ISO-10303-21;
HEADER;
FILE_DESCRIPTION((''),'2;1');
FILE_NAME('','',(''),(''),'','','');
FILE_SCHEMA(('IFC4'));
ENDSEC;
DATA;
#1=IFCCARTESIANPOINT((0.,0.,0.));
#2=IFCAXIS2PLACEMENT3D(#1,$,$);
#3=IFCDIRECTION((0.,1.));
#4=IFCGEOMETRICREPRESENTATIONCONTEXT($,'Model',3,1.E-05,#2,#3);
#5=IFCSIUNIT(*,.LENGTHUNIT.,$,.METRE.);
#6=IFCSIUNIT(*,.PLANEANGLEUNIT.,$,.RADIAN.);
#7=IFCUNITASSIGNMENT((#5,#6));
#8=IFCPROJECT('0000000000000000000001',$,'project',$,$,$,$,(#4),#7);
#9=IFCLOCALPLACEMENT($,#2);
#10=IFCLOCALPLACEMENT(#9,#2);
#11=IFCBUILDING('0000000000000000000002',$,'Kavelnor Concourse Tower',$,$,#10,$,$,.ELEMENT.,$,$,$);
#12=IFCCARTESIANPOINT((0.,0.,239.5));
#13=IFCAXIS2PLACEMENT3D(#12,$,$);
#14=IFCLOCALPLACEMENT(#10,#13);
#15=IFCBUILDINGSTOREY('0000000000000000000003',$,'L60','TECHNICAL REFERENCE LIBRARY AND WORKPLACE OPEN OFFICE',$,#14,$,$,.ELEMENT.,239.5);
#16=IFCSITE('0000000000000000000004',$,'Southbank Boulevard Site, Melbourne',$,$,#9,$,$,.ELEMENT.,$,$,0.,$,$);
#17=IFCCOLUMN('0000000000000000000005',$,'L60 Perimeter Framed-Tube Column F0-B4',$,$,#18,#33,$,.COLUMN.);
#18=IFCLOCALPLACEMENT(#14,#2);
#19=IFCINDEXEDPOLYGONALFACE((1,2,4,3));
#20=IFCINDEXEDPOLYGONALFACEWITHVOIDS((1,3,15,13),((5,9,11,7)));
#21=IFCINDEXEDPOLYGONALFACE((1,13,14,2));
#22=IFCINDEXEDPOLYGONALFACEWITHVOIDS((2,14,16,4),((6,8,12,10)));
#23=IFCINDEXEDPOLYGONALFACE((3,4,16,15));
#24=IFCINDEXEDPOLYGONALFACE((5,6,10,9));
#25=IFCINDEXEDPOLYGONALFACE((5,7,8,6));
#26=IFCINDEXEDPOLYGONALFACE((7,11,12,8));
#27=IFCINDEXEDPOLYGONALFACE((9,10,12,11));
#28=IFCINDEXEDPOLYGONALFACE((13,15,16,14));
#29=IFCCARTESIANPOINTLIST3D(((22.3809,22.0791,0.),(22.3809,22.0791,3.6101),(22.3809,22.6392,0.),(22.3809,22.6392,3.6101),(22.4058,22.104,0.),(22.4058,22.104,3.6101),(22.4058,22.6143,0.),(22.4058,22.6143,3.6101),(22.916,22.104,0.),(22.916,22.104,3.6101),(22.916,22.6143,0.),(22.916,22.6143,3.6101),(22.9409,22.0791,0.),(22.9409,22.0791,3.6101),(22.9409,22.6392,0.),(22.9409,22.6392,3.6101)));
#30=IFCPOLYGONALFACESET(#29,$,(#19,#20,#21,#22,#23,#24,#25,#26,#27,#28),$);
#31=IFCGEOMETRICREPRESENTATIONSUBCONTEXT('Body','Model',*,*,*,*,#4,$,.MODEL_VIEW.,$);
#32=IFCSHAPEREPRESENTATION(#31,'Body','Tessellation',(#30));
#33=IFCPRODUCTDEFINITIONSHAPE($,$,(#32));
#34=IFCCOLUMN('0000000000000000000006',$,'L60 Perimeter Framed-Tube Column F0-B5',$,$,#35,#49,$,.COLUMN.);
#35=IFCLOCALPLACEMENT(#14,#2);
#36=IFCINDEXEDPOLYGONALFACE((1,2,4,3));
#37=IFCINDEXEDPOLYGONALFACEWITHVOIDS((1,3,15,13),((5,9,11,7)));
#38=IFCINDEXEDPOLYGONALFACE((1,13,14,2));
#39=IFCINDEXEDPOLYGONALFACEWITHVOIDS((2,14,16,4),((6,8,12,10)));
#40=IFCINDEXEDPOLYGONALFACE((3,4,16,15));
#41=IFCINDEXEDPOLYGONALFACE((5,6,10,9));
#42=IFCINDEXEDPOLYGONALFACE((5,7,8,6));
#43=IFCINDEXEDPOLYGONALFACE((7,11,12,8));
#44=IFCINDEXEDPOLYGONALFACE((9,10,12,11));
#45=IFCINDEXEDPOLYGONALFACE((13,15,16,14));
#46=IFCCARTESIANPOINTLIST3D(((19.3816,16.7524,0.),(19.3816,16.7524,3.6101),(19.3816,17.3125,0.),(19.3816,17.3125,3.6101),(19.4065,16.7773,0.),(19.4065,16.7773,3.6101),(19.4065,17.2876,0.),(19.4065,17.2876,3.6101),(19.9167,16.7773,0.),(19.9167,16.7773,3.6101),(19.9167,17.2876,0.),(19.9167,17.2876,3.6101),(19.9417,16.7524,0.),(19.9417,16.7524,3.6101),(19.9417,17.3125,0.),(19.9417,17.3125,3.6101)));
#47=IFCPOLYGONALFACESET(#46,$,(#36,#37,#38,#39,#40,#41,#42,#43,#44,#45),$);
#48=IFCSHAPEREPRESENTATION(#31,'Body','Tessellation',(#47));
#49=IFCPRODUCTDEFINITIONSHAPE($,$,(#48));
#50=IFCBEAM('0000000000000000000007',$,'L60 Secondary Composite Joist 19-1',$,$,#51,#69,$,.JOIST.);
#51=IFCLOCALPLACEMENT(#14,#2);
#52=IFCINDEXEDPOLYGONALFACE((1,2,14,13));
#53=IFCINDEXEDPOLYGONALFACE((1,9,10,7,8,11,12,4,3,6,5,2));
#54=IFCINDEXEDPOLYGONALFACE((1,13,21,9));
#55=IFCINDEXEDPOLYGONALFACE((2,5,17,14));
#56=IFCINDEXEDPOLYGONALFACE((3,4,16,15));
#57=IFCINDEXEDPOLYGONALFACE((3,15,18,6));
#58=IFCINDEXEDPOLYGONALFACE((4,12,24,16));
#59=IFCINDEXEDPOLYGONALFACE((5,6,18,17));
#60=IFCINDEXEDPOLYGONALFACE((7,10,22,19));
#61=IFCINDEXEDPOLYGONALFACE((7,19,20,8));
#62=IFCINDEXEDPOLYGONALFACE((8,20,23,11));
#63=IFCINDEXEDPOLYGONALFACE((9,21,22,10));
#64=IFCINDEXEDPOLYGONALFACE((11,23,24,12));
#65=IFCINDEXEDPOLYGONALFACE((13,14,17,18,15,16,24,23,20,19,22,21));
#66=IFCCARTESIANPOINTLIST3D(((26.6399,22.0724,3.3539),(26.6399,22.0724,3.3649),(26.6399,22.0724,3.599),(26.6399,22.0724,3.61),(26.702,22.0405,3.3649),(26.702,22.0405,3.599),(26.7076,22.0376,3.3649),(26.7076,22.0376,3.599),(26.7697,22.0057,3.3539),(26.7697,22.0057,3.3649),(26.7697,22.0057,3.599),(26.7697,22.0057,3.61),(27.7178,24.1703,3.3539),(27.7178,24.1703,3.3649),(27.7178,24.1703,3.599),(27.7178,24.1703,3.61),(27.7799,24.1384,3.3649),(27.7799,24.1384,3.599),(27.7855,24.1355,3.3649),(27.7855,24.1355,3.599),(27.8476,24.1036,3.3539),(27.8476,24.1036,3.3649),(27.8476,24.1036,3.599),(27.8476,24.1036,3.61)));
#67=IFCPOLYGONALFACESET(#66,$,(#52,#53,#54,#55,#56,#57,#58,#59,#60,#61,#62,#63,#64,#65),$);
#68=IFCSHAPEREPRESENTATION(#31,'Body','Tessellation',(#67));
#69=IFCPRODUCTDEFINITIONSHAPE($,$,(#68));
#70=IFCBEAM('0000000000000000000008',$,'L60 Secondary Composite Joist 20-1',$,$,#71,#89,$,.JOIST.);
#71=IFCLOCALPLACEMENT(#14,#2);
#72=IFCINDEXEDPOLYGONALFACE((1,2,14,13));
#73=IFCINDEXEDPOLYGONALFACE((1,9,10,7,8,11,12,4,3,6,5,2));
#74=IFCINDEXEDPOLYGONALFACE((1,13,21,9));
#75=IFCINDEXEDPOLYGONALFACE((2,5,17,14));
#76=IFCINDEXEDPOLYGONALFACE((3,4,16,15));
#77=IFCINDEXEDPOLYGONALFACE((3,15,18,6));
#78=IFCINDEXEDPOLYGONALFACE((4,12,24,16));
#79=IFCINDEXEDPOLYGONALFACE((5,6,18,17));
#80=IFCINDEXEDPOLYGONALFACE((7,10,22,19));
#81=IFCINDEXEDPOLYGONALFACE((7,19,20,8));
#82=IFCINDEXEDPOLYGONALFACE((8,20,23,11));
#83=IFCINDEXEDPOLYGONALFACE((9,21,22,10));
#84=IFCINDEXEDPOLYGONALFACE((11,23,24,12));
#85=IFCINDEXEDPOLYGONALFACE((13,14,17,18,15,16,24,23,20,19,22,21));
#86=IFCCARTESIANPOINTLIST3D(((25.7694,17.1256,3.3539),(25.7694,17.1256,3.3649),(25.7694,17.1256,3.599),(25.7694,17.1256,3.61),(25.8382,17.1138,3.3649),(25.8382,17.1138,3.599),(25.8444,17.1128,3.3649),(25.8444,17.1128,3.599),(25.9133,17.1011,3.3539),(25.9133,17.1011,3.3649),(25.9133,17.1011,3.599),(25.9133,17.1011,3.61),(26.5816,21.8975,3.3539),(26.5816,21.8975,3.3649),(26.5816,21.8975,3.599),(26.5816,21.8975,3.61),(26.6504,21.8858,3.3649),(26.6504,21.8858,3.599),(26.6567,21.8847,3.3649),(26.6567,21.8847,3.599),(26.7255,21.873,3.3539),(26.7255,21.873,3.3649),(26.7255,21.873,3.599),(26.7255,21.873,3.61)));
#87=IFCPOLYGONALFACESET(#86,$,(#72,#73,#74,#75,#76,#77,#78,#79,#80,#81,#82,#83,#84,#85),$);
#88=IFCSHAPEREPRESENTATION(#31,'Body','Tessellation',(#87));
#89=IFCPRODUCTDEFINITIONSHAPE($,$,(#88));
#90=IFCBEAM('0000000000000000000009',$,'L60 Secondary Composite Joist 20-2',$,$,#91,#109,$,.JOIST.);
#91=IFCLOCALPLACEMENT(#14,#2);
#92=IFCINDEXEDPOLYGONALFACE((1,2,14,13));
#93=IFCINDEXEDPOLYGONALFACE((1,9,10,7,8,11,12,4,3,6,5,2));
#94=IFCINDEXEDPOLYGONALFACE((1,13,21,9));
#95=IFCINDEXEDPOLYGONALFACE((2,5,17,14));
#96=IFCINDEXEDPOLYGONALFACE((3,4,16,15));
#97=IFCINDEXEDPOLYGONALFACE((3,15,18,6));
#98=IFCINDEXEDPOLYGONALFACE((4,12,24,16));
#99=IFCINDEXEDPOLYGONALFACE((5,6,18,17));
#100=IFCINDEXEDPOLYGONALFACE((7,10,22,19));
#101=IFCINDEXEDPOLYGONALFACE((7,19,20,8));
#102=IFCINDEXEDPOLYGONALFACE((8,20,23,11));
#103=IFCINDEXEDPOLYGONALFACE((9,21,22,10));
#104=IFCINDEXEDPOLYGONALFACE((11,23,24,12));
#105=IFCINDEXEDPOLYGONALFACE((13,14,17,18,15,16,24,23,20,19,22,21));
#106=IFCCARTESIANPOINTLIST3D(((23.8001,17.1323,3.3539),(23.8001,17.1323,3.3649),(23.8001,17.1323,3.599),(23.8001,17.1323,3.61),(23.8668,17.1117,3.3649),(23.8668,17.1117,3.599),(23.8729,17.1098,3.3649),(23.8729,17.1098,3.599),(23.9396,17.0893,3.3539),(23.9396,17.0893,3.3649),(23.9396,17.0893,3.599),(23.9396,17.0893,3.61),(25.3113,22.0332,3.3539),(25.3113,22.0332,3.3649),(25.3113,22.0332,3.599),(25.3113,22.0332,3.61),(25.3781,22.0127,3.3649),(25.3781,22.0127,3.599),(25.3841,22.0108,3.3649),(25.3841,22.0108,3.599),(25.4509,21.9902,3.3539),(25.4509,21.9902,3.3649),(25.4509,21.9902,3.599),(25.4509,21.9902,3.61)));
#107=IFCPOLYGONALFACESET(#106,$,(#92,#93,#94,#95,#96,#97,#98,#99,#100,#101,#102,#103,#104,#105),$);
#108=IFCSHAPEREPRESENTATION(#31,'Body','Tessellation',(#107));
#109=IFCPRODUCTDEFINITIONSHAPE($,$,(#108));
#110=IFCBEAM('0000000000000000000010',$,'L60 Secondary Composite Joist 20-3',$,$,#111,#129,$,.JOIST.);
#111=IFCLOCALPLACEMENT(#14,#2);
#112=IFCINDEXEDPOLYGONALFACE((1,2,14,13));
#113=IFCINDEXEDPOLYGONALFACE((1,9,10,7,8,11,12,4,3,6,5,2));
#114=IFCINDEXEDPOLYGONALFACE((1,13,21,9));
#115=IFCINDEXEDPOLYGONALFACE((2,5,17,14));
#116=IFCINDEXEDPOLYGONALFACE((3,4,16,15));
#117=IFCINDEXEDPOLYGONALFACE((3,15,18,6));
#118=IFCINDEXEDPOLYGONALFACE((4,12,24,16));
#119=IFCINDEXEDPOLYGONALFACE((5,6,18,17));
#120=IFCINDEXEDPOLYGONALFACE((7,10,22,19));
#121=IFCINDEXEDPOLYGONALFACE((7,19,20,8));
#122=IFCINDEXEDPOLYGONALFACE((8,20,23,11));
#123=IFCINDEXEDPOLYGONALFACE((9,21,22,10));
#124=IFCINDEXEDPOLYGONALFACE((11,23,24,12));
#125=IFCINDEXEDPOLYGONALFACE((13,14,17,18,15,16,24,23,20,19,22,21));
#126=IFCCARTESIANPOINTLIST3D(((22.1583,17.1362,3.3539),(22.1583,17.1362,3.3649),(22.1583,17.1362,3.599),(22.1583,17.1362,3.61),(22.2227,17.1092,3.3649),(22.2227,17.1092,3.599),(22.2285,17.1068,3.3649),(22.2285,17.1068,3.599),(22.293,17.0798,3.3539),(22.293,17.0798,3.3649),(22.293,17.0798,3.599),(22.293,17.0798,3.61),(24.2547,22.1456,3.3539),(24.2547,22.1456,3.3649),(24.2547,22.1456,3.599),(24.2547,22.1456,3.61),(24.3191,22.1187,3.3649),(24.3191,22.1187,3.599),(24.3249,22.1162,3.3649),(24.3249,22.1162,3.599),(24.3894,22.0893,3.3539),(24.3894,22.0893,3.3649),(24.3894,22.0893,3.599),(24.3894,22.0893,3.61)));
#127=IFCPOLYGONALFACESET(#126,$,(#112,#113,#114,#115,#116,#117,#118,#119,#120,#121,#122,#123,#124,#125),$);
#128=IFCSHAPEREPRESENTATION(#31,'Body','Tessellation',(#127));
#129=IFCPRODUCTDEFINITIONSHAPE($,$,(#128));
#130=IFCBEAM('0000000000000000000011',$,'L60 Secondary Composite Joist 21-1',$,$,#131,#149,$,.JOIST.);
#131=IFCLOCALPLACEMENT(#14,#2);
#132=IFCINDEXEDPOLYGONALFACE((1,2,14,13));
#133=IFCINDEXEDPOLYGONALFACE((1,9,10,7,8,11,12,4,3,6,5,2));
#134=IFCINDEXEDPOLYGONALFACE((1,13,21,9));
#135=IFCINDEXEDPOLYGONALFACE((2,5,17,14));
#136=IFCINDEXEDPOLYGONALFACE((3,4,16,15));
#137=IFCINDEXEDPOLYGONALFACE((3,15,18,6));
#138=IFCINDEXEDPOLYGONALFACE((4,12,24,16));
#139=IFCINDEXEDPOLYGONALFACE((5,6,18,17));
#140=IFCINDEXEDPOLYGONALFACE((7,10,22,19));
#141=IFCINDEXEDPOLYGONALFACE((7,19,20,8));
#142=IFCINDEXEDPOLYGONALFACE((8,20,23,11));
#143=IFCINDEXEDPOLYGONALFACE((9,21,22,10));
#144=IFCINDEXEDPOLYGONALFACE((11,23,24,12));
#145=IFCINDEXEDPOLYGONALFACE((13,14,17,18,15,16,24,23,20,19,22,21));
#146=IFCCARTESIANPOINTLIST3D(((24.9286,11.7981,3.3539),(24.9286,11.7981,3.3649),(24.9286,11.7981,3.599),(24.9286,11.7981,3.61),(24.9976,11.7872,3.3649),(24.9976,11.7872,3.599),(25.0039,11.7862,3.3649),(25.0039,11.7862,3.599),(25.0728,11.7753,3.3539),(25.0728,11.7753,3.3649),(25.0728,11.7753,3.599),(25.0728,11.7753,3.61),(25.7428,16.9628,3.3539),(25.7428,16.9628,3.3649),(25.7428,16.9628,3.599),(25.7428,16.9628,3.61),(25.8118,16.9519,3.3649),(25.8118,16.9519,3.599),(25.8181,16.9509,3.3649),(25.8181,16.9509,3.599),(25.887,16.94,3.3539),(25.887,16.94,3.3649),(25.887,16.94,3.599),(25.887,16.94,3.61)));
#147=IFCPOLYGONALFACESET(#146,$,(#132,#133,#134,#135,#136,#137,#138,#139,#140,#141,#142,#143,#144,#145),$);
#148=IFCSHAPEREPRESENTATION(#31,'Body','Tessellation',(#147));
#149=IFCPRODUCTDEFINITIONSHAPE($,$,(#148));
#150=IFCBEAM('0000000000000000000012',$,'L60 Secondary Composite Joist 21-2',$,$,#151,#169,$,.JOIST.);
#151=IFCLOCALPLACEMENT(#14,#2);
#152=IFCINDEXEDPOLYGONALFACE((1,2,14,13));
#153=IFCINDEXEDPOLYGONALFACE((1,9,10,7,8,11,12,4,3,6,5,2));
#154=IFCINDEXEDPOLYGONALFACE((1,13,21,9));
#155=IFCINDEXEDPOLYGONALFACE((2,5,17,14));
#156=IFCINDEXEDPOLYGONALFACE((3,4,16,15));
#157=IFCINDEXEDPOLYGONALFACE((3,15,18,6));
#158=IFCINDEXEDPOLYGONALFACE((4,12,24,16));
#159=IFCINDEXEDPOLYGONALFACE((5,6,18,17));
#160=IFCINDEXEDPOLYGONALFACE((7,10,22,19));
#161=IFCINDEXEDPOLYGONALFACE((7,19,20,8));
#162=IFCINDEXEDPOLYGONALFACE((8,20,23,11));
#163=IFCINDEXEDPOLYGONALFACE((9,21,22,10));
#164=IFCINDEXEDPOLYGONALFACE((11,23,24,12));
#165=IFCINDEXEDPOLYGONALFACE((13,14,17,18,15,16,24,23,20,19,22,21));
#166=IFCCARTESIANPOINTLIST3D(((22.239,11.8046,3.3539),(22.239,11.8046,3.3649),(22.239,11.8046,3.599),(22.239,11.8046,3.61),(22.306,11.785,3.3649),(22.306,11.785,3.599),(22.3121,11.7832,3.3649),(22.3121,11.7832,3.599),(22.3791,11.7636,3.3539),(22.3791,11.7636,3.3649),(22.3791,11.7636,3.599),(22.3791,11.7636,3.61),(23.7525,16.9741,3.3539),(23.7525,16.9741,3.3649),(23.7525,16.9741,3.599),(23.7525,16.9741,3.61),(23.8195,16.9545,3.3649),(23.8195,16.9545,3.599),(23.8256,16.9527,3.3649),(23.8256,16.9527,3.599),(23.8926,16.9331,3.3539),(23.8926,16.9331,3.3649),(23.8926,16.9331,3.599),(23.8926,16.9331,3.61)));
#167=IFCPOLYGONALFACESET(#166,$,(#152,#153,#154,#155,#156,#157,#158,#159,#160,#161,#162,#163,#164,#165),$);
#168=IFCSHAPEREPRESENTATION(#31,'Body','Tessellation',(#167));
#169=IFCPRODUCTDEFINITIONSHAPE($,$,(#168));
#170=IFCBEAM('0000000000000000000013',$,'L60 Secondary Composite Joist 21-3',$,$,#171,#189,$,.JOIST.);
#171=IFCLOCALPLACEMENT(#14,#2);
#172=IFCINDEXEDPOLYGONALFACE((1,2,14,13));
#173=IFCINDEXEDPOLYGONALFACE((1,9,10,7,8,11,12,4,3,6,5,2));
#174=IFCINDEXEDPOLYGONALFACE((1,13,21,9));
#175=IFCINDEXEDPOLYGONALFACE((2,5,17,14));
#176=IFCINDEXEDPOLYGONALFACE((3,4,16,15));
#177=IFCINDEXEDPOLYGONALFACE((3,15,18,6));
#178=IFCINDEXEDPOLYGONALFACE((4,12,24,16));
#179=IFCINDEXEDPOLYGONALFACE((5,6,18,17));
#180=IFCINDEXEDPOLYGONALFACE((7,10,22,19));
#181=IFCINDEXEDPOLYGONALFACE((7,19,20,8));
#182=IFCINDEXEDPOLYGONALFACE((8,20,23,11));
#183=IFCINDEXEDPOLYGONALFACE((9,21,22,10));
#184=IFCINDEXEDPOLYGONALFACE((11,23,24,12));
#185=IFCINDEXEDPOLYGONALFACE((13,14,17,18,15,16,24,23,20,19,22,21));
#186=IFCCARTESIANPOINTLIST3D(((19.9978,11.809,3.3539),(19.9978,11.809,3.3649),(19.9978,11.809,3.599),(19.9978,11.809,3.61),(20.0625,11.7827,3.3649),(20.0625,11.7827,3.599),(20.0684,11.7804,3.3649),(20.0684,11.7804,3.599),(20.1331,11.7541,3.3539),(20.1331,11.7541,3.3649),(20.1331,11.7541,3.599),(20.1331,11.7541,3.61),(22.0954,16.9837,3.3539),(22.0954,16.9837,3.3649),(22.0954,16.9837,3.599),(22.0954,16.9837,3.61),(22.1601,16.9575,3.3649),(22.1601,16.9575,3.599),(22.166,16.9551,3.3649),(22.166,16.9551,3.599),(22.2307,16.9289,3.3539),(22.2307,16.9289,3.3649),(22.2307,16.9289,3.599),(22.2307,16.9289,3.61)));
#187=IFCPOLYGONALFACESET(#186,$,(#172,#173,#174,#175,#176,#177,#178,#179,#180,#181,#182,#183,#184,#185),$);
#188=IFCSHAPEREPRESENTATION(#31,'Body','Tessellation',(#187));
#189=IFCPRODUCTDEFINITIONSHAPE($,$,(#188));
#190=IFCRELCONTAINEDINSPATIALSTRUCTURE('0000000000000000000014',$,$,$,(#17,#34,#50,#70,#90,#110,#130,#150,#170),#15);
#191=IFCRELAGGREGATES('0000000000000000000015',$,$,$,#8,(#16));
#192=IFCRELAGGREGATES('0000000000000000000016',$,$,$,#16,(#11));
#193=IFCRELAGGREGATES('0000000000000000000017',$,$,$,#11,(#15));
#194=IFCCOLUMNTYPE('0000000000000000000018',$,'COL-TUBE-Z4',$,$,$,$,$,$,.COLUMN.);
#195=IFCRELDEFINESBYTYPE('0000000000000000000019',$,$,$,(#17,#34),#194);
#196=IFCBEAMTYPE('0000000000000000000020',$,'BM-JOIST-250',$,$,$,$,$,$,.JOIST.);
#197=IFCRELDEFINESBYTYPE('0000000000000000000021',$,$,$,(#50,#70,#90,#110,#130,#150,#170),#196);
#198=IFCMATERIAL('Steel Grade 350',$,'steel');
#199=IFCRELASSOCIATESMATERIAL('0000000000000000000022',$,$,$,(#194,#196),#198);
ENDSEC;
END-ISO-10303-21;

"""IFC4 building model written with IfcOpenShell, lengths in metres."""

from ifc_helpers import new_model, si_unit, direction, frame, origin, origin_2d, place, context, subcontext, project, spatial, hollow_rectangle, i_section, extrude, material, material_profile, profile_set, type_object, element, save


model = new_model("IFC4")

# Units and contexts
model_context = context("Model", 3, precision=1e-05, world=origin(), true_north=direction((0.0, 1.0)))
body_context = subcontext(model_context, "Body", "Model", "MODEL_VIEW")
ifc_project = project(units=[si_unit("LENGTHUNIT", "METRE"), si_unit("PLANEANGLEUNIT", "RADIAN")], contexts=[model_context])

# Site, building, storey
site_placement = place(None, origin())
site = spatial("IfcSite", under=ifc_project, at=site_placement, Name="Southbank Boulevard Site, Melbourne", CompositionType="ELEMENT", RefElevation=0.0)
building_placement = place(site_placement, origin())
building = spatial("IfcBuilding", under=site, at=building_placement, Name="Kavelnor Concourse Tower", CompositionType="ELEMENT")
storey_placement = place(building_placement, frame((0.0, 0.0, 239.5)))
storey = spatial("IfcBuildingStorey", under=building, at=storey_placement, Name="L60", Description="TECHNICAL REFERENCE LIBRARY AND WORKPLACE OPEN OFFICE", CompositionType="ELEMENT", Elevation=239.5)

# Columns
ifc_material_1 = material(Name="Steel Grade 350", Category="steel")
ifc_material_profile_1 = material_profile(ifc_material_1, hollow_rectangle(XDim=0.5601, YDim=0.5601, WallThickness=0.0249, at=origin_2d()), Name="SHS 560x560x25")
ifc_profile_set_1 = profile_set([ifc_material_profile_1], Name="Steel Grade 350")
column_type = type_object("IfcColumnType", Name="COL-TUBE-Z4", PredefinedType="COLUMN", material=ifc_profile_set_1)
for number, where, z_axis, x_axis, name in (
    (1, (22.6609, 22.3591, 0.0), (0.0, 0.0, 1.0), (1.0, 0.0, 0.0), "L60 Perimeter Framed-Tube Column F0-B4"),
    (2, (19.6616, 17.0325, 0.0), (0.0, 0.0, 1.0), (1.0, 0.0, 0.0), "L60 Perimeter Framed-Tube Column F0-B5"),
):
    element("IfcColumn", number, at=place(storey_placement, frame(where, z_axis=z_axis, x_axis=x_axis)), inside=storey, type_object=column_type, Name=name, PredefinedType="COLUMN", context=body_context, shape_type="SweptSolid", body=[
        extrude(hollow_rectangle(XDim=0.5601, YDim=0.5601, WallThickness=0.0249, at=origin_2d()), origin(), (0.0, 0.0, 1.0), 3.6101),
    ])

# Beams
ifc_material_profile_2 = material_profile(ifc_material_1, i_section(OverallWidth=0.146, OverallDepth=0.2561, WebThickness=0.0063, FlangeThickness=0.011, at=origin_2d()), Name="250UB37")
ifc_profile_set_2 = profile_set([ifc_material_profile_2], Name="Steel Grade 350")
beam_type_1 = type_object("IfcBeamType", Name="BM-JOIST-250", PredefinedType="JOIST", material=ifc_profile_set_2)
beam_1_placement = place(storey_placement, frame((27.7827, 24.137, 3.4819), z_axis=(-0.456999, -0.889467, 0.0), x_axis=(0.889467, -0.456999, 0.0)))
element("IfcBeam", 3, at=beam_1_placement, inside=storey, type_object=beam_type_1, Name="L60 Secondary Composite Joist 19-1", PredefinedType="JOIST", context=body_context, shape_type="SweptSolid", body=[
    extrude(i_section(OverallWidth=0.146, OverallDepth=0.2561, WebThickness=0.0063, FlangeThickness=0.011, at=origin_2d()), origin(), (0.0, 0.0, 1.0), 2.3586),
])
beam_2_placement = place(storey_placement, frame((26.6536, 21.8853, 3.4819), z_axis=(-0.1678, -0.985821, 0.0), x_axis=(0.985821, -0.1678, 0.0)))
element("IfcBeam", 4, at=beam_2_placement, inside=storey, type_object=beam_type_1, Name="L60 Secondary Composite Joist 20-1", PredefinedType="JOIST", context=body_context, shape_type="SweptSolid", body=[
    extrude(i_section(OverallWidth=0.146, OverallDepth=0.2561, WebThickness=0.0063, FlangeThickness=0.011, at=origin_2d()), origin(), (0.0, 0.0, 1.0), 4.8406),
])
beam_3_placement = place(storey_placement, frame((25.3811, 22.0117, 3.4819), z_axis=(-0.294668, -0.9556, 0.0), x_axis=(0.9556, -0.294668, 0.0)))
element("IfcBeam", 5, at=beam_3_placement, inside=storey, type_object=beam_type_1, Name="L60 Secondary Composite Joist 20-2", PredefinedType="JOIST", context=body_context, shape_type="SweptSolid", body=[
    extrude(i_section(OverallWidth=0.146, OverallDepth=0.2561, WebThickness=0.0063, FlangeThickness=0.011, at=origin_2d()), origin(), (0.0, 0.0, 1.0), 5.1287),
])
beam_4_placement = place(storey_placement, frame((24.322, 22.1174, 3.4819), z_axis=(-0.386048, -0.922479, 0.0), x_axis=(0.922479, -0.386048, 0.0)))
element("IfcBeam", 6, at=beam_4_placement, inside=storey, type_object=beam_type_1, Name="L60 Secondary Composite Joist 20-3", PredefinedType="JOIST", context=body_context, shape_type="SweptSolid", body=[
    extrude(i_section(OverallWidth=0.146, OverallDepth=0.2561, WebThickness=0.0063, FlangeThickness=0.011, at=origin_2d()), origin(), (0.0, 0.0, 1.0), 5.4304),
])
beam_5_placement = place(storey_placement, frame((25.8149, 16.9514, 3.4819), z_axis=(-0.155723, -0.987801, 0.0), x_axis=(0.987801, -0.155723, 0.0)))
element("IfcBeam", 7, at=beam_5_placement, inside=storey, type_object=beam_type_1, Name="L60 Secondary Composite Joist 21-1", PredefinedType="JOIST", context=body_context, shape_type="SweptSolid", body=[
    extrude(i_section(OverallWidth=0.146, OverallDepth=0.2561, WebThickness=0.0063, FlangeThickness=0.011, at=origin_2d()), origin(), (0.0, 0.0, 1.0), 5.2285),
])
beam_6_placement = place(storey_placement, frame((23.8225, 16.9536, 3.4819), z_axis=(-0.280971, -0.959716, 0.0), x_axis=(0.959716, -0.280971, 0.0)))
element("IfcBeam", 8, at=beam_6_placement, inside=storey, type_object=beam_type_1, Name="L60 Secondary Composite Joist 21-2", PredefinedType="JOIST", context=body_context, shape_type="SweptSolid", body=[
    extrude(i_section(OverallWidth=0.146, OverallDepth=0.2561, WebThickness=0.0063, FlangeThickness=0.011, at=origin_2d()), origin(), (0.0, 0.0, 1.0), 5.3865),
])
beam_7_placement = place(storey_placement, frame((22.1631, 16.9563, 3.4819), z_axis=(-0.375669, -0.926754, 0.0), x_axis=(0.926754, -0.375669, 0.0)))
element("IfcBeam", 9, at=beam_7_placement, inside=storey, type_object=beam_type_1, Name="L60 Secondary Composite Joist 21-3", PredefinedType="JOIST", context=body_context, shape_type="SweptSolid", body=[
    extrude(i_section(OverallWidth=0.146, OverallDepth=0.2561, WebThickness=0.0063, FlangeThickness=0.011, at=origin_2d()), origin(), (0.0, 0.0, 1.0), 5.5837),
])

save(model, "model.ifc")
